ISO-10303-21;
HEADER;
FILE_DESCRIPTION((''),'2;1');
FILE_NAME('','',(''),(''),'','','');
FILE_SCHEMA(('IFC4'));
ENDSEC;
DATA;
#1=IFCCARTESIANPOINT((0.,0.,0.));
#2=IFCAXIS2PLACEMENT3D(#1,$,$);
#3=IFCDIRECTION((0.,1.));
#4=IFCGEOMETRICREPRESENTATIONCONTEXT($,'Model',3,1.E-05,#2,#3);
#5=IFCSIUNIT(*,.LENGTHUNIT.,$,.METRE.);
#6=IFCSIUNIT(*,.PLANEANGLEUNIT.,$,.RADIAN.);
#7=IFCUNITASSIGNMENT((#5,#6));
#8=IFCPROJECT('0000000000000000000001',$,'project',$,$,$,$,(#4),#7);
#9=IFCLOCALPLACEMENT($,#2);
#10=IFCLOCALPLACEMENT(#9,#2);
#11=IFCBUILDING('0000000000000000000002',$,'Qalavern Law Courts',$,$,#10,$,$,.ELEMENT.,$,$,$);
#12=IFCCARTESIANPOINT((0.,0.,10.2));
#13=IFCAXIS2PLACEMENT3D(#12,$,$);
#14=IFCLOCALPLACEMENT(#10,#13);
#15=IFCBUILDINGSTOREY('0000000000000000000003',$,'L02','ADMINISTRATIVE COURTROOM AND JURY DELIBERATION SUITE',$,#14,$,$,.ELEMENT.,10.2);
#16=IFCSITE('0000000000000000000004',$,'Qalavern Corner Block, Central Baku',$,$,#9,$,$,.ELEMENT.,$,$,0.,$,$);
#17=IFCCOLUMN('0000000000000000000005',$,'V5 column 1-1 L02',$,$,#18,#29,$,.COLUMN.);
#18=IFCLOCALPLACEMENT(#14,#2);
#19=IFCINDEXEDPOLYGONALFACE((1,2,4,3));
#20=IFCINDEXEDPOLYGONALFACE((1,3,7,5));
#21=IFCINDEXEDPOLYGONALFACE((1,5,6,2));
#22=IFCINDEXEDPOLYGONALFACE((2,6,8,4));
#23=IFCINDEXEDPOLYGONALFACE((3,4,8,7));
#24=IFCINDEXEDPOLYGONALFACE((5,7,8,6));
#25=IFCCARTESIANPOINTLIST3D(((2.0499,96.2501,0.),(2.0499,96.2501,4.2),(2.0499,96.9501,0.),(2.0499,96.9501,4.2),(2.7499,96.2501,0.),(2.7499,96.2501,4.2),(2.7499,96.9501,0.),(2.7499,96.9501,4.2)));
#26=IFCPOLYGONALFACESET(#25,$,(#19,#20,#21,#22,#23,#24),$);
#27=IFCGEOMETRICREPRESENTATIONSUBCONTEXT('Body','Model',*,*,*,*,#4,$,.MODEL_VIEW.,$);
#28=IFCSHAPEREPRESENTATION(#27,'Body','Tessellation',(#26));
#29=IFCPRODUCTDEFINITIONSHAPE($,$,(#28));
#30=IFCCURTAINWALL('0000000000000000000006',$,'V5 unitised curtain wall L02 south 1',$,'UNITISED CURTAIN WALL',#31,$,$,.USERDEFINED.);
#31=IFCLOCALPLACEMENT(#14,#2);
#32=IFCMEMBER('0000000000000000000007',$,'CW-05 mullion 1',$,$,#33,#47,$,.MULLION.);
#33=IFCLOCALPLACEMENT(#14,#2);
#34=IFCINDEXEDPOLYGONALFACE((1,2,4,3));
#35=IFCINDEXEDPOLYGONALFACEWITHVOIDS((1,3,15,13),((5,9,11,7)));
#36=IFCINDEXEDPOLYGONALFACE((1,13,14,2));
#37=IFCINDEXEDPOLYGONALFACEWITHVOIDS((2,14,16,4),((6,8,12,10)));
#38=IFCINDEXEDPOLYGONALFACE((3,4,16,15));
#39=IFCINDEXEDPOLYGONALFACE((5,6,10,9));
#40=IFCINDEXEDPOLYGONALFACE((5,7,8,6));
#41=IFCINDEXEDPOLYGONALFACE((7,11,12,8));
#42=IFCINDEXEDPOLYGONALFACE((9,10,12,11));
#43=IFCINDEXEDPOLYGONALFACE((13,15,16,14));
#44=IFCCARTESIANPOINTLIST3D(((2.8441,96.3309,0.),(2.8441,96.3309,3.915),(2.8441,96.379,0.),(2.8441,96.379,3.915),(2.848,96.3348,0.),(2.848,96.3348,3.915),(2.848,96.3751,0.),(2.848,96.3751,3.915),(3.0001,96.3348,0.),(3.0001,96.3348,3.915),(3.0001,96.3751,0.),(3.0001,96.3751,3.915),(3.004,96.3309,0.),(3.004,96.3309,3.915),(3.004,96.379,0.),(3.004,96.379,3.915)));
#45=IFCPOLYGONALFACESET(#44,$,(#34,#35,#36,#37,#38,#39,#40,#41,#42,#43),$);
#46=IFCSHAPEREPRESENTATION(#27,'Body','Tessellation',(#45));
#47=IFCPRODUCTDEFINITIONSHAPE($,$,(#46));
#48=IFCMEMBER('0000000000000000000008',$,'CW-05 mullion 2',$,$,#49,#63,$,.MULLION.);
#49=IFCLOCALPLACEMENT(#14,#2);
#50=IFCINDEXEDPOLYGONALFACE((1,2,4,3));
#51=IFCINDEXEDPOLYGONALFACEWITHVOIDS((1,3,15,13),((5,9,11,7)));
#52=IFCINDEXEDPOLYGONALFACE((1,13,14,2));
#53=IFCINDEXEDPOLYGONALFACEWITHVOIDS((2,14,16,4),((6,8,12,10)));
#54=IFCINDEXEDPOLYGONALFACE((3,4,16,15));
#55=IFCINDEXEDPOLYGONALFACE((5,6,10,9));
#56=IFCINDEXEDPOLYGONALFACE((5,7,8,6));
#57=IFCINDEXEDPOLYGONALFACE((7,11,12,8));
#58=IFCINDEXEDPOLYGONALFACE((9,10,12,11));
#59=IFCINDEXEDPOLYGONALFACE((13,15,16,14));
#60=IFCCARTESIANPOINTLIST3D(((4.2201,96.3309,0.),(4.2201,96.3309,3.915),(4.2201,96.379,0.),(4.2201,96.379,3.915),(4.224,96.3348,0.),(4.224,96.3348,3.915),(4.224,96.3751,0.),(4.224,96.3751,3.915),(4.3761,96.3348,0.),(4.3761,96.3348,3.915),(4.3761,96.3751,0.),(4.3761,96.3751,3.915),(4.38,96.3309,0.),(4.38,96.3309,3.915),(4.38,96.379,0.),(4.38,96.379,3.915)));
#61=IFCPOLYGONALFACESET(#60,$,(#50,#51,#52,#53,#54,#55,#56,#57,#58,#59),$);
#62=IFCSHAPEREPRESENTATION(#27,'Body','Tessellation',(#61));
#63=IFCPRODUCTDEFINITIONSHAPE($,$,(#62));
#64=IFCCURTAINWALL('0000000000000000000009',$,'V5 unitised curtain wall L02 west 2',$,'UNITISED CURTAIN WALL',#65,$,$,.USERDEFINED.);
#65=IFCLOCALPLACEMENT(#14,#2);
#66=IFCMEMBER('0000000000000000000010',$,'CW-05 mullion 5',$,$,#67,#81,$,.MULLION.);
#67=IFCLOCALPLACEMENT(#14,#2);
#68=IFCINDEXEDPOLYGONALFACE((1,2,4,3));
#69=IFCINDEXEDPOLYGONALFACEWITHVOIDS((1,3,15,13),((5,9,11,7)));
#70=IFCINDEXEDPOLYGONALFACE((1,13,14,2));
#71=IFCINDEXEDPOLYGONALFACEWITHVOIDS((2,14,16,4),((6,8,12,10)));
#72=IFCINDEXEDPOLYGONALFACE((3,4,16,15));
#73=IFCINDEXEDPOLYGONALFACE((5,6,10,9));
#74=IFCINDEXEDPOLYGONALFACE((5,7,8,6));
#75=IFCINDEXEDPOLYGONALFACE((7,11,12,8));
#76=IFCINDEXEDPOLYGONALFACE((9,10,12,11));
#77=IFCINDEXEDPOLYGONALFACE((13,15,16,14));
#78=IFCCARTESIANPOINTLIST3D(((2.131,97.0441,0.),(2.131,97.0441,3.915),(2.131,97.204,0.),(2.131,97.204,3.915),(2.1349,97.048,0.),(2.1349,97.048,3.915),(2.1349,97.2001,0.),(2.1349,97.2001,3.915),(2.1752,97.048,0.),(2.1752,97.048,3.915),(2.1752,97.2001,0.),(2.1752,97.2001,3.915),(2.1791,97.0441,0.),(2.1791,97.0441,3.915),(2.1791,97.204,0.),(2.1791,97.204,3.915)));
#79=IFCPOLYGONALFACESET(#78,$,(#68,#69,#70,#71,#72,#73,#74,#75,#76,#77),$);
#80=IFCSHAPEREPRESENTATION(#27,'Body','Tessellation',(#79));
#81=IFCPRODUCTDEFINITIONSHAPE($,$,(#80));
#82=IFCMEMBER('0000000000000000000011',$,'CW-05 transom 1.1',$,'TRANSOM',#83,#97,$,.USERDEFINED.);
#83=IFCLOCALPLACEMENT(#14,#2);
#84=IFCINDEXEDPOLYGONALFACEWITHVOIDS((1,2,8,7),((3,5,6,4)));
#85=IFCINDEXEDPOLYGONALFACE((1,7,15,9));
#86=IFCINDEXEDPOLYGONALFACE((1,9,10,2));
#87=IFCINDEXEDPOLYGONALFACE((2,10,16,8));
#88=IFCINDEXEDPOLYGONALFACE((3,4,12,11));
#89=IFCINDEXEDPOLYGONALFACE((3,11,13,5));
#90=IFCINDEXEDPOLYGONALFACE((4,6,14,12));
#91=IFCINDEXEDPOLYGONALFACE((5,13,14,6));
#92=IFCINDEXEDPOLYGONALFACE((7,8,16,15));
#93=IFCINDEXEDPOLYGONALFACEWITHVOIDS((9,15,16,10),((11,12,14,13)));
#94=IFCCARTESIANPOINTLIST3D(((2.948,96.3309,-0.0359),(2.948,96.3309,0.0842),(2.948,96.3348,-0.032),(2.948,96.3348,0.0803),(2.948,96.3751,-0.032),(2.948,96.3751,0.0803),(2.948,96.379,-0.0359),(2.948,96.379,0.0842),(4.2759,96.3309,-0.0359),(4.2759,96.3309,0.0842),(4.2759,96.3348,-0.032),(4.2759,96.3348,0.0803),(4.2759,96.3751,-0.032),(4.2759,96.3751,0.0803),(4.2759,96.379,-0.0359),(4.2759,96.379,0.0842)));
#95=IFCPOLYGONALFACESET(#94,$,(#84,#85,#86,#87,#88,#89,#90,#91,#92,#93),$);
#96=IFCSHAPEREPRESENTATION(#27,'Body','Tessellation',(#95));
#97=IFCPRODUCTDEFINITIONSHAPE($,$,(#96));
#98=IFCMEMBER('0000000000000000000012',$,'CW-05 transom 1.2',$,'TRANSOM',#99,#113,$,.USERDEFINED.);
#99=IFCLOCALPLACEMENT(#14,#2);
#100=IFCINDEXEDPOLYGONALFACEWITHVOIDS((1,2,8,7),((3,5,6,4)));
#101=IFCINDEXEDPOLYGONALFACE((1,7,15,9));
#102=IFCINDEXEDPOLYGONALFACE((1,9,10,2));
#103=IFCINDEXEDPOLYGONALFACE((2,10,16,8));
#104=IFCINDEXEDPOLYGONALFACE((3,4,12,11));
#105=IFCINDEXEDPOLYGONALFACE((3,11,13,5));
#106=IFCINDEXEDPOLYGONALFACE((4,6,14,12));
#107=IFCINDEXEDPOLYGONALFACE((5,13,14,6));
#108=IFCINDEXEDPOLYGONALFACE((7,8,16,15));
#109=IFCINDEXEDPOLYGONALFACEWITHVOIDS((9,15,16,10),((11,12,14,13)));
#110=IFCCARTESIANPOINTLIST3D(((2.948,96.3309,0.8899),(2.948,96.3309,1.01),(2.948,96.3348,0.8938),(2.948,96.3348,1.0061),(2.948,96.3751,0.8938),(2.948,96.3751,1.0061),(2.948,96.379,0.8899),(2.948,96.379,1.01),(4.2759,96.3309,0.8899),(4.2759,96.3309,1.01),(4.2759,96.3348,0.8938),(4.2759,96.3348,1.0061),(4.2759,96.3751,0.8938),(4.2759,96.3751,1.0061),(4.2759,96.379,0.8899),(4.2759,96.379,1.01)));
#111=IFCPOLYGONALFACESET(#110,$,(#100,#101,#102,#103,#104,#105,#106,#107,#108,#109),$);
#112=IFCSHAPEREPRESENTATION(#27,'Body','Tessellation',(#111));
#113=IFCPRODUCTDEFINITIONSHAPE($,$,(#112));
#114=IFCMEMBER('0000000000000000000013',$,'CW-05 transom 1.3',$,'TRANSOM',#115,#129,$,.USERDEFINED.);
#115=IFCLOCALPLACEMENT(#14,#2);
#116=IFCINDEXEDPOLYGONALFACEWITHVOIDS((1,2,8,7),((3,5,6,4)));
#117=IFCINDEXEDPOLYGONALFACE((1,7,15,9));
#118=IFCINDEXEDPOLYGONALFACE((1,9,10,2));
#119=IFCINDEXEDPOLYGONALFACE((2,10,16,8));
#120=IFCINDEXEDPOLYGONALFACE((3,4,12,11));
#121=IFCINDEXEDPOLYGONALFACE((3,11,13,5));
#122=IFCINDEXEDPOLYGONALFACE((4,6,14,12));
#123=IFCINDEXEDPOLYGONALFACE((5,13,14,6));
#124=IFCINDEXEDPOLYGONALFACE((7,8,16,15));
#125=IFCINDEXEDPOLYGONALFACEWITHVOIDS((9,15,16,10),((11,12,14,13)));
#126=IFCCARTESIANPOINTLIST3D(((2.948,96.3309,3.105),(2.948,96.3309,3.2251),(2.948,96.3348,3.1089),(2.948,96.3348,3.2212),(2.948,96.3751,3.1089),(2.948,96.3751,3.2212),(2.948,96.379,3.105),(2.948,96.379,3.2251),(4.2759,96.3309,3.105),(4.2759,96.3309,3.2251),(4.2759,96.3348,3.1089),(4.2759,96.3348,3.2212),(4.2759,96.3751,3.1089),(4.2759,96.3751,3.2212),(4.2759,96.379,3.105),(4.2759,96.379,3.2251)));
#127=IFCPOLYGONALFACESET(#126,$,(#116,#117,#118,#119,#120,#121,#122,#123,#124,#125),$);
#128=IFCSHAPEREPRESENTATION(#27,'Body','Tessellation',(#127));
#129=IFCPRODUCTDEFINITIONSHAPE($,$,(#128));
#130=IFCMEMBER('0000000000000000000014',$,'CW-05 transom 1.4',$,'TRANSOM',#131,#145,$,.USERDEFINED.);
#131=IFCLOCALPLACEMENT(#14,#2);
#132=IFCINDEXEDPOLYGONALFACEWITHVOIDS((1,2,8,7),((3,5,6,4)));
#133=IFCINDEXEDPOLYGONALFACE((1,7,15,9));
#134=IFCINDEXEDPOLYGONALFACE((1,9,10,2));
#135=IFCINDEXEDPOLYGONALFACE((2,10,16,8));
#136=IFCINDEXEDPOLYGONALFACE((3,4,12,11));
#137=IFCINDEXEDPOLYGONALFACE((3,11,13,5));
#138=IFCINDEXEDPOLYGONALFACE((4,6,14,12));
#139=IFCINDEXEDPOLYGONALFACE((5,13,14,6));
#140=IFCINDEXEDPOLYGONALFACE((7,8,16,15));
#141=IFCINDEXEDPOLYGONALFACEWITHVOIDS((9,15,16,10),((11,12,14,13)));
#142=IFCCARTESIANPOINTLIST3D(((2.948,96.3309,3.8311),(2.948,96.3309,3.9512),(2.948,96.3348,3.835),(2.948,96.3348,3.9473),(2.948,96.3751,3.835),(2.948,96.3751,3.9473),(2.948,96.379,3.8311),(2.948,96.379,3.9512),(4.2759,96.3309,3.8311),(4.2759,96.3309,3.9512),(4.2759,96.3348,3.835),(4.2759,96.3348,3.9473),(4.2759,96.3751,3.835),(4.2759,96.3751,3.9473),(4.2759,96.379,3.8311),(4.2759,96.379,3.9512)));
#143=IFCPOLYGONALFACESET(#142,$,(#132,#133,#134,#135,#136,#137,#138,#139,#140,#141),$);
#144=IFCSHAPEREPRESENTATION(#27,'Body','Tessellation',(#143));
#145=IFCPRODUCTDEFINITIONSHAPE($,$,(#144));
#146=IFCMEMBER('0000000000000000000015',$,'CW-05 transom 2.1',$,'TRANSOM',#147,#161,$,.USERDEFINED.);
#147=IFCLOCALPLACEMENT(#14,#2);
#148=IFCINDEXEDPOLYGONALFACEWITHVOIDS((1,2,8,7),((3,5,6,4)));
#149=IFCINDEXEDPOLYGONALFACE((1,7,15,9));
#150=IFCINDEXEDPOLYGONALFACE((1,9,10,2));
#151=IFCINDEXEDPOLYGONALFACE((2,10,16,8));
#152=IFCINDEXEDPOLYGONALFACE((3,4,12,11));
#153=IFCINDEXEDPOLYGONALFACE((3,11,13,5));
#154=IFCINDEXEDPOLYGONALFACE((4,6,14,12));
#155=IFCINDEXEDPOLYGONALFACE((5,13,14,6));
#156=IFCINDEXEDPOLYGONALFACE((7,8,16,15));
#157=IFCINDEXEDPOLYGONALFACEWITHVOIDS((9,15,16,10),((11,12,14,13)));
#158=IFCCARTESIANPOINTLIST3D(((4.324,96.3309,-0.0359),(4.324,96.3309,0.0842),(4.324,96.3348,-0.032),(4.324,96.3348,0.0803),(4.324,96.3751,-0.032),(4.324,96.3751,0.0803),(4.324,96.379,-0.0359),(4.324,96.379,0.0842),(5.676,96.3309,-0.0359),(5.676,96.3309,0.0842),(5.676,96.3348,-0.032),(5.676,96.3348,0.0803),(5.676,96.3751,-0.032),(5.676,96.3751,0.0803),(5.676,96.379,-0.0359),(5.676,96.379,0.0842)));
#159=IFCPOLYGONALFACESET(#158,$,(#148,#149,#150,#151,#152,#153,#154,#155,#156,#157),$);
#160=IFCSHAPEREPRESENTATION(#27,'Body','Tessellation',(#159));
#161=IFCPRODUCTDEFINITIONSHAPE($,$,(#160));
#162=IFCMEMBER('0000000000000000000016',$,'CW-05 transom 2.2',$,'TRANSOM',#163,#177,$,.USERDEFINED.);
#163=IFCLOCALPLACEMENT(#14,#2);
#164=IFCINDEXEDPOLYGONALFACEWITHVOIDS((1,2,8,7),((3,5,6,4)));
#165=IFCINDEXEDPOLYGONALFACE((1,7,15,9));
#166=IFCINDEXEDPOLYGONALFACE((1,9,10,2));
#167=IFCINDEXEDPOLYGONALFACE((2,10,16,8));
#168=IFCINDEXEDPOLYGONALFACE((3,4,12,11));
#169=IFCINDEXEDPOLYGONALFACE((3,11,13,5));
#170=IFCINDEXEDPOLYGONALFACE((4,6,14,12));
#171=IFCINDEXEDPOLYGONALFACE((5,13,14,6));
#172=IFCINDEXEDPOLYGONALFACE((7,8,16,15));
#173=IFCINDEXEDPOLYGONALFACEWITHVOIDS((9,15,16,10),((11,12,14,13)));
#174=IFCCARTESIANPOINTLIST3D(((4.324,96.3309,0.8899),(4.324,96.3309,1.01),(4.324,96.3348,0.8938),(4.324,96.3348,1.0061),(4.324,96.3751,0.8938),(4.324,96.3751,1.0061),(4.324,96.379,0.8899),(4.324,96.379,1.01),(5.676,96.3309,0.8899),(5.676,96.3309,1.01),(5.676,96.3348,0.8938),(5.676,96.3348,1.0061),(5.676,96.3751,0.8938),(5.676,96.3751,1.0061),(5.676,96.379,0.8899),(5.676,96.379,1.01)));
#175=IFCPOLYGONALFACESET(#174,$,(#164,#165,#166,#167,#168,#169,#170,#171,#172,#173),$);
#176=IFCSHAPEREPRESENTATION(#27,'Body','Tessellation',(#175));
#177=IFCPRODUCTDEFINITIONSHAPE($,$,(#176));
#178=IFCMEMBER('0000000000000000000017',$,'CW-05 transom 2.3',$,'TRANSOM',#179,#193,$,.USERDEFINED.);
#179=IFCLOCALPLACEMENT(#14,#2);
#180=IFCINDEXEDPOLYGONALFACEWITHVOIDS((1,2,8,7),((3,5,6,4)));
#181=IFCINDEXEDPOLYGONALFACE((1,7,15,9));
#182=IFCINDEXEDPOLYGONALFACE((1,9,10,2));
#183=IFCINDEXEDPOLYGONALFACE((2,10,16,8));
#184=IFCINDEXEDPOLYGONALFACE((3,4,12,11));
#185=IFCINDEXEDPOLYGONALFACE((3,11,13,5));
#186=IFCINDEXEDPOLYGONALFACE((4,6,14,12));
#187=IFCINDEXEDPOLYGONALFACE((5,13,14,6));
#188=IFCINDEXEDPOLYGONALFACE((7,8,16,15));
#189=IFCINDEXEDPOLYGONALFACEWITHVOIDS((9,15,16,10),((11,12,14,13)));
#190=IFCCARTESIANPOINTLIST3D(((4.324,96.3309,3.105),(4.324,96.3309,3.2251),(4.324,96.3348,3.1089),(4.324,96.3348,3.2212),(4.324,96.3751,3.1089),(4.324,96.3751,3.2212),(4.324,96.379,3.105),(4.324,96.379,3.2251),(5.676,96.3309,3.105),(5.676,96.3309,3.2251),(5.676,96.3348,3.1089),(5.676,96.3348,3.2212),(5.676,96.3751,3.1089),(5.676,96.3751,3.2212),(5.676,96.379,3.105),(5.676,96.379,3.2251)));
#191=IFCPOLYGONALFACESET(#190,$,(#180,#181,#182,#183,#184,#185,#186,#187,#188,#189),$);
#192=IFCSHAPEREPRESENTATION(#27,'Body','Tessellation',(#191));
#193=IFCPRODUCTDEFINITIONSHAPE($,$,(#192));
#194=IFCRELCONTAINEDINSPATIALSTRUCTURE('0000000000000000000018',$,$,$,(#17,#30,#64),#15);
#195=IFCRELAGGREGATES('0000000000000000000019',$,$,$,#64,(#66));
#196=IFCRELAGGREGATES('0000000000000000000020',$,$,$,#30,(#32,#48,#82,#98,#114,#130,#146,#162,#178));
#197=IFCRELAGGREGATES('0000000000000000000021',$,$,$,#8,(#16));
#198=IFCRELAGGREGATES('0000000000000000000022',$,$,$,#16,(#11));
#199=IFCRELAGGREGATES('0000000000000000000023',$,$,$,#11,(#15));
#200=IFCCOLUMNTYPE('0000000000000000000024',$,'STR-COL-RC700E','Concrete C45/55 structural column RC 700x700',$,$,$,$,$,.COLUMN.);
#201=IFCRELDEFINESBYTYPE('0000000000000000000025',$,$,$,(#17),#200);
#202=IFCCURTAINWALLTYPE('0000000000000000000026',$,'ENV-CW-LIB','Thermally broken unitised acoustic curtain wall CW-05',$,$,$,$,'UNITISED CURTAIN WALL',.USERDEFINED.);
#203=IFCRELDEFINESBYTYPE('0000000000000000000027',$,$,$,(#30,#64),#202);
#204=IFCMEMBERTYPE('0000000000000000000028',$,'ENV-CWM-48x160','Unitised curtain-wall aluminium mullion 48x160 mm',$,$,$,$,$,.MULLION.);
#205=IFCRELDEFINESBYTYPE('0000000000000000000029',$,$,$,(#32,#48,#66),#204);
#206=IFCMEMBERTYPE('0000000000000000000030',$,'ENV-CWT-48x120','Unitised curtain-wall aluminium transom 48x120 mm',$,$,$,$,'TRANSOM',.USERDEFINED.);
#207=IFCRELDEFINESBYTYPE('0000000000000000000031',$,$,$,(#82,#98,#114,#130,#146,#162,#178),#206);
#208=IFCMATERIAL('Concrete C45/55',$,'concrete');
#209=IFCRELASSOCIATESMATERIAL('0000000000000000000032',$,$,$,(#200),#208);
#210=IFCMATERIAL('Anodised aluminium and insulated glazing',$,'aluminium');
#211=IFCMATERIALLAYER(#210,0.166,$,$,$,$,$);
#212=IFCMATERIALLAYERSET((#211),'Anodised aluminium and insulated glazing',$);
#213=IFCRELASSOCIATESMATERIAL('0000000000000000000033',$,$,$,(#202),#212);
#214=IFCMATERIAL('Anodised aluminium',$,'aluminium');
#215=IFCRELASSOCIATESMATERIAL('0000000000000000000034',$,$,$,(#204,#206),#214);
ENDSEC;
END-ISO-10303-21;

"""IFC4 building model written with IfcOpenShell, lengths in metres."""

from ifc_helpers import new_model, si_unit, direction, frame, origin, origin_2d, place, context, subcontext, project, spatial, rectangle, hollow_rectangle, extrude, material, layer, layer_set, material_profile, profile_set, type_object, element, aggregate, save


model = new_model("IFC4")

# Units and contexts
model_context = context("Model", 3, precision=1e-05, world=origin(), true_north=direction((0.0, 1.0)))
body_context = subcontext(model_context, "Body", "Model", "MODEL_VIEW")
ifc_project = project(units=[si_unit("LENGTHUNIT", "METRE"), si_unit("PLANEANGLEUNIT", "RADIAN")], contexts=[model_context])

# Site, building, storey
site_placement = place(None, origin())
site = spatial("IfcSite", under=ifc_project, at=site_placement, Name="Qalavern Corner Block, Central Baku", CompositionType="ELEMENT", RefElevation=0.0)
building_placement = place(site_placement, origin())
building = spatial("IfcBuilding", under=site, at=building_placement, Name="Qalavern Law Courts", CompositionType="ELEMENT")
storey_placement = place(building_placement, frame((0.0, 0.0, 10.2)))
storey = spatial("IfcBuildingStorey", under=building, at=storey_placement, Name="L02", Description="ADMINISTRATIVE COURTROOM AND JURY DELIBERATION SUITE", CompositionType="ELEMENT", Elevation=10.2)

# Column
ifc_material_1 = material(Name="Concrete C45/55", Category="concrete")
ifc_material_profile_1 = material_profile(ifc_material_1, rectangle(XDim=0.7, YDim=0.7, at=origin_2d()), Name="RC 700x700")
ifc_profile_set_1 = profile_set([ifc_material_profile_1], Name="Concrete C45/55")
column_type = type_object("IfcColumnType", Name="STR-COL-RC700E", Description="Concrete C45/55 structural column RC 700x700", PredefinedType="COLUMN", material=ifc_profile_set_1)
column_placement = place(storey_placement, frame((2.3999, 96.6001, 0.0), z_axis=(0.0, 0.0, 1.0), x_axis=(1.0, 0.0, 0.0)))
element("IfcColumn", 1, at=column_placement, inside=storey, type_object=column_type, Name="V5 column 1-1 L02", PredefinedType="COLUMN", context=body_context, shape_type="SweptSolid", body=[
    extrude(rectangle(XDim=0.7, YDim=0.7, at=origin_2d()), origin(), (0.0, 0.0, 1.0), 4.2),
])

# Curtain wall, members
ifc_material_2 = material(Name="Anodised aluminium and insulated glazing", Category="aluminium")
ifc_layer_1 = layer(ifc_material_2, 0.166)
ifc_layer_set_1 = layer_set([ifc_layer_1], Name="Anodised aluminium and insulated glazing")
curtain_wall_type = type_object("IfcCurtainWallType", Name="ENV-CW-LIB", Description="Thermally broken unitised acoustic curtain wall CW-05", ElementType="UNITISED CURTAIN WALL", PredefinedType="USERDEFINED", material=ifc_layer_set_1)
curtain_wall_1_placement = place(storey_placement, origin())
curtain_wall_1 = element("IfcCurtainWall", 2, at=curtain_wall_1_placement, inside=storey, type_object=curtain_wall_type, Name="V5 unitised curtain wall L02 south 1", ObjectType="UNITISED CURTAIN WALL", PredefinedType="USERDEFINED")
ifc_material_3 = material(Name="Anodised aluminium", Category="aluminium")
ifc_material_profile_2 = material_profile(ifc_material_3, hollow_rectangle(XDim=0.0481, YDim=0.1599, WallThickness=0.0039, at=origin_2d()), Name="ALU MULLION 48x160")
ifc_profile_set_2 = profile_set([ifc_material_profile_2], Name="Anodised aluminium")
member_type_1 = type_object("IfcMemberType", Name="ENV-CWM-48x160", Description="Unitised curtain-wall aluminium mullion 48x160 mm", PredefinedType="MULLION", material=ifc_profile_set_2)
member_1_placement = place(storey_placement, frame((2.9241, 96.355, 0.0), z_axis=(0.0, 0.0, 1.0), x_axis=(0.0, 1.0, 0.0)))
member_1 = element("IfcMember", 3, at=member_1_placement, type_object=member_type_1, Name="CW-05 mullion 1", PredefinedType="MULLION", context=body_context, shape_type="SweptSolid", body=[
    extrude(hollow_rectangle(XDim=0.0481, YDim=0.1599, WallThickness=0.0039, at=origin_2d()), origin(), (0.0, 0.0, 1.0), 3.915),
])
member_2_placement = place(storey_placement, frame((4.3, 96.355, 0.0), z_axis=(0.0, 0.0, 1.0), x_axis=(0.0, 1.0, 0.0)))
member_2 = element("IfcMember", 4, at=member_2_placement, type_object=member_type_1, Name="CW-05 mullion 2", PredefinedType="MULLION", context=body_context, shape_type="SweptSolid", body=[
    extrude(hollow_rectangle(XDim=0.0481, YDim=0.1599, WallThickness=0.0039, at=origin_2d()), origin(), (0.0, 0.0, 1.0), 3.915),
])

# Curtain wall, member
curtain_wall_2_placement = place(storey_placement, origin())
curtain_wall_2 = element("IfcCurtainWall", 5, at=curtain_wall_2_placement, inside=storey, type_object=curtain_wall_type, Name="V5 unitised curtain wall L02 west 2", ObjectType="UNITISED CURTAIN WALL", PredefinedType="USERDEFINED")
member_3_placement = place(storey_placement, frame((2.155, 97.124, 0.0), z_axis=(0.0, 0.0, 1.0), x_axis=(1.0, 0.0, 0.0)))
member_3 = element("IfcMember", 6, at=member_3_placement, type_object=member_type_1, Name="CW-05 mullion 5", PredefinedType="MULLION", context=body_context, shape_type="SweptSolid", body=[
    extrude(hollow_rectangle(XDim=0.0481, YDim=0.1599, WallThickness=0.0039, at=origin_2d()), origin(), (0.0, 0.0, 1.0), 3.915),
])
aggregate(curtain_wall_2, [member_3])

# Members
ifc_material_profile_3 = material_profile(ifc_material_3, hollow_rectangle(XDim=0.0481, YDim=0.1201, WallThickness=0.0039, at=origin_2d()), Name="ALU TRANSOM 48x120")
ifc_profile_set_3 = profile_set([ifc_material_profile_3], Name="Anodised aluminium")
member_type_2 = type_object("IfcMemberType", Name="ENV-CWT-48x120", Description="Unitised curtain-wall aluminium transom 48x120 mm", ElementType="TRANSOM", PredefinedType="USERDEFINED", material=ifc_profile_set_3)
member_4_placement = place(storey_placement, frame((2.948, 96.355, 0.0242), z_axis=(1.0, 0.0, 0.0), x_axis=(0.0, 1.0, 0.0)))
member_4 = element("IfcMember", 7, at=member_4_placement, type_object=member_type_2, Name="CW-05 transom 1.1", ObjectType="TRANSOM", PredefinedType="USERDEFINED", context=body_context, shape_type="SweptSolid", body=[
    extrude(hollow_rectangle(XDim=0.0481, YDim=0.1201, WallThickness=0.0039, at=origin_2d()), origin(), (0.0, 0.0, 1.0), 1.3279),
])
member_5_placement = place(storey_placement, frame((2.948, 96.355, 0.95), z_axis=(1.0, 0.0, 0.0), x_axis=(0.0, 1.0, 0.0)))
member_5 = element("IfcMember", 8, at=member_5_placement, type_object=member_type_2, Name="CW-05 transom 1.2", ObjectType="TRANSOM", PredefinedType="USERDEFINED", context=body_context, shape_type="SweptSolid", body=[
    extrude(hollow_rectangle(XDim=0.0481, YDim=0.1201, WallThickness=0.0039, at=origin_2d()), origin(), (0.0, 0.0, 1.0), 1.3279),
])
member_6_placement = place(storey_placement, frame((2.948, 96.355, 3.165), z_axis=(1.0, 0.0, 0.0), x_axis=(0.0, 1.0, 0.0)))
member_6 = element("IfcMember", 9, at=member_6_placement, type_object=member_type_2, Name="CW-05 transom 1.3", ObjectType="TRANSOM", PredefinedType="USERDEFINED", context=body_context, shape_type="SweptSolid", body=[
    extrude(hollow_rectangle(XDim=0.0481, YDim=0.1201, WallThickness=0.0039, at=origin_2d()), origin(), (0.0, 0.0, 1.0), 1.3279),
])
member_7_placement = place(storey_placement, frame((2.948, 96.355, 3.8911), z_axis=(1.0, 0.0, 0.0), x_axis=(0.0, 1.0, 0.0)))
member_7 = element("IfcMember", 10, at=member_7_placement, type_object=member_type_2, Name="CW-05 transom 1.4", ObjectType="TRANSOM", PredefinedType="USERDEFINED", context=body_context, shape_type="SweptSolid", body=[
    extrude(hollow_rectangle(XDim=0.0481, YDim=0.1201, WallThickness=0.0039, at=origin_2d()), origin(), (0.0, 0.0, 1.0), 1.3279),
])
member_8_placement = place(storey_placement, frame((4.324, 96.355, 0.0242), z_axis=(1.0, 0.0, 0.0), x_axis=(0.0, 1.0, 0.0)))
member_8 = element("IfcMember", 11, at=member_8_placement, type_object=member_type_2, Name="CW-05 transom 2.1", ObjectType="TRANSOM", PredefinedType="USERDEFINED", context=body_context, shape_type="SweptSolid", body=[
    extrude(hollow_rectangle(XDim=0.0481, YDim=0.1201, WallThickness=0.0039, at=origin_2d()), origin(), (0.0, 0.0, 1.0), 1.3521),
])
member_9_placement = place(storey_placement, frame((4.324, 96.355, 0.95), z_axis=(1.0, 0.0, 0.0), x_axis=(0.0, 1.0, 0.0)))
member_9 = element("IfcMember", 12, at=member_9_placement, type_object=member_type_2, Name="CW-05 transom 2.2", ObjectType="TRANSOM", PredefinedType="USERDEFINED", context=body_context, shape_type="SweptSolid", body=[
    extrude(hollow_rectangle(XDim=0.0481, YDim=0.1201, WallThickness=0.0039, at=origin_2d()), origin(), (0.0, 0.0, 1.0), 1.3521),
])
member_10_placement = place(storey_placement, frame((4.324, 96.355, 3.165), z_axis=(1.0, 0.0, 0.0), x_axis=(0.0, 1.0, 0.0)))
member_10 = element("IfcMember", 13, at=member_10_placement, type_object=member_type_2, Name="CW-05 transom 2.3", ObjectType="TRANSOM", PredefinedType="USERDEFINED", context=body_context, shape_type="SweptSolid", body=[
    extrude(hollow_rectangle(XDim=0.0481, YDim=0.1201, WallThickness=0.0039, at=origin_2d()), origin(), (0.0, 0.0, 1.0), 1.3521),
])

aggregate(curtain_wall_1, [member_1, member_2, member_4, member_5, member_6, member_7, member_8, member_9, member_10])

save(model, "model.ifc")
